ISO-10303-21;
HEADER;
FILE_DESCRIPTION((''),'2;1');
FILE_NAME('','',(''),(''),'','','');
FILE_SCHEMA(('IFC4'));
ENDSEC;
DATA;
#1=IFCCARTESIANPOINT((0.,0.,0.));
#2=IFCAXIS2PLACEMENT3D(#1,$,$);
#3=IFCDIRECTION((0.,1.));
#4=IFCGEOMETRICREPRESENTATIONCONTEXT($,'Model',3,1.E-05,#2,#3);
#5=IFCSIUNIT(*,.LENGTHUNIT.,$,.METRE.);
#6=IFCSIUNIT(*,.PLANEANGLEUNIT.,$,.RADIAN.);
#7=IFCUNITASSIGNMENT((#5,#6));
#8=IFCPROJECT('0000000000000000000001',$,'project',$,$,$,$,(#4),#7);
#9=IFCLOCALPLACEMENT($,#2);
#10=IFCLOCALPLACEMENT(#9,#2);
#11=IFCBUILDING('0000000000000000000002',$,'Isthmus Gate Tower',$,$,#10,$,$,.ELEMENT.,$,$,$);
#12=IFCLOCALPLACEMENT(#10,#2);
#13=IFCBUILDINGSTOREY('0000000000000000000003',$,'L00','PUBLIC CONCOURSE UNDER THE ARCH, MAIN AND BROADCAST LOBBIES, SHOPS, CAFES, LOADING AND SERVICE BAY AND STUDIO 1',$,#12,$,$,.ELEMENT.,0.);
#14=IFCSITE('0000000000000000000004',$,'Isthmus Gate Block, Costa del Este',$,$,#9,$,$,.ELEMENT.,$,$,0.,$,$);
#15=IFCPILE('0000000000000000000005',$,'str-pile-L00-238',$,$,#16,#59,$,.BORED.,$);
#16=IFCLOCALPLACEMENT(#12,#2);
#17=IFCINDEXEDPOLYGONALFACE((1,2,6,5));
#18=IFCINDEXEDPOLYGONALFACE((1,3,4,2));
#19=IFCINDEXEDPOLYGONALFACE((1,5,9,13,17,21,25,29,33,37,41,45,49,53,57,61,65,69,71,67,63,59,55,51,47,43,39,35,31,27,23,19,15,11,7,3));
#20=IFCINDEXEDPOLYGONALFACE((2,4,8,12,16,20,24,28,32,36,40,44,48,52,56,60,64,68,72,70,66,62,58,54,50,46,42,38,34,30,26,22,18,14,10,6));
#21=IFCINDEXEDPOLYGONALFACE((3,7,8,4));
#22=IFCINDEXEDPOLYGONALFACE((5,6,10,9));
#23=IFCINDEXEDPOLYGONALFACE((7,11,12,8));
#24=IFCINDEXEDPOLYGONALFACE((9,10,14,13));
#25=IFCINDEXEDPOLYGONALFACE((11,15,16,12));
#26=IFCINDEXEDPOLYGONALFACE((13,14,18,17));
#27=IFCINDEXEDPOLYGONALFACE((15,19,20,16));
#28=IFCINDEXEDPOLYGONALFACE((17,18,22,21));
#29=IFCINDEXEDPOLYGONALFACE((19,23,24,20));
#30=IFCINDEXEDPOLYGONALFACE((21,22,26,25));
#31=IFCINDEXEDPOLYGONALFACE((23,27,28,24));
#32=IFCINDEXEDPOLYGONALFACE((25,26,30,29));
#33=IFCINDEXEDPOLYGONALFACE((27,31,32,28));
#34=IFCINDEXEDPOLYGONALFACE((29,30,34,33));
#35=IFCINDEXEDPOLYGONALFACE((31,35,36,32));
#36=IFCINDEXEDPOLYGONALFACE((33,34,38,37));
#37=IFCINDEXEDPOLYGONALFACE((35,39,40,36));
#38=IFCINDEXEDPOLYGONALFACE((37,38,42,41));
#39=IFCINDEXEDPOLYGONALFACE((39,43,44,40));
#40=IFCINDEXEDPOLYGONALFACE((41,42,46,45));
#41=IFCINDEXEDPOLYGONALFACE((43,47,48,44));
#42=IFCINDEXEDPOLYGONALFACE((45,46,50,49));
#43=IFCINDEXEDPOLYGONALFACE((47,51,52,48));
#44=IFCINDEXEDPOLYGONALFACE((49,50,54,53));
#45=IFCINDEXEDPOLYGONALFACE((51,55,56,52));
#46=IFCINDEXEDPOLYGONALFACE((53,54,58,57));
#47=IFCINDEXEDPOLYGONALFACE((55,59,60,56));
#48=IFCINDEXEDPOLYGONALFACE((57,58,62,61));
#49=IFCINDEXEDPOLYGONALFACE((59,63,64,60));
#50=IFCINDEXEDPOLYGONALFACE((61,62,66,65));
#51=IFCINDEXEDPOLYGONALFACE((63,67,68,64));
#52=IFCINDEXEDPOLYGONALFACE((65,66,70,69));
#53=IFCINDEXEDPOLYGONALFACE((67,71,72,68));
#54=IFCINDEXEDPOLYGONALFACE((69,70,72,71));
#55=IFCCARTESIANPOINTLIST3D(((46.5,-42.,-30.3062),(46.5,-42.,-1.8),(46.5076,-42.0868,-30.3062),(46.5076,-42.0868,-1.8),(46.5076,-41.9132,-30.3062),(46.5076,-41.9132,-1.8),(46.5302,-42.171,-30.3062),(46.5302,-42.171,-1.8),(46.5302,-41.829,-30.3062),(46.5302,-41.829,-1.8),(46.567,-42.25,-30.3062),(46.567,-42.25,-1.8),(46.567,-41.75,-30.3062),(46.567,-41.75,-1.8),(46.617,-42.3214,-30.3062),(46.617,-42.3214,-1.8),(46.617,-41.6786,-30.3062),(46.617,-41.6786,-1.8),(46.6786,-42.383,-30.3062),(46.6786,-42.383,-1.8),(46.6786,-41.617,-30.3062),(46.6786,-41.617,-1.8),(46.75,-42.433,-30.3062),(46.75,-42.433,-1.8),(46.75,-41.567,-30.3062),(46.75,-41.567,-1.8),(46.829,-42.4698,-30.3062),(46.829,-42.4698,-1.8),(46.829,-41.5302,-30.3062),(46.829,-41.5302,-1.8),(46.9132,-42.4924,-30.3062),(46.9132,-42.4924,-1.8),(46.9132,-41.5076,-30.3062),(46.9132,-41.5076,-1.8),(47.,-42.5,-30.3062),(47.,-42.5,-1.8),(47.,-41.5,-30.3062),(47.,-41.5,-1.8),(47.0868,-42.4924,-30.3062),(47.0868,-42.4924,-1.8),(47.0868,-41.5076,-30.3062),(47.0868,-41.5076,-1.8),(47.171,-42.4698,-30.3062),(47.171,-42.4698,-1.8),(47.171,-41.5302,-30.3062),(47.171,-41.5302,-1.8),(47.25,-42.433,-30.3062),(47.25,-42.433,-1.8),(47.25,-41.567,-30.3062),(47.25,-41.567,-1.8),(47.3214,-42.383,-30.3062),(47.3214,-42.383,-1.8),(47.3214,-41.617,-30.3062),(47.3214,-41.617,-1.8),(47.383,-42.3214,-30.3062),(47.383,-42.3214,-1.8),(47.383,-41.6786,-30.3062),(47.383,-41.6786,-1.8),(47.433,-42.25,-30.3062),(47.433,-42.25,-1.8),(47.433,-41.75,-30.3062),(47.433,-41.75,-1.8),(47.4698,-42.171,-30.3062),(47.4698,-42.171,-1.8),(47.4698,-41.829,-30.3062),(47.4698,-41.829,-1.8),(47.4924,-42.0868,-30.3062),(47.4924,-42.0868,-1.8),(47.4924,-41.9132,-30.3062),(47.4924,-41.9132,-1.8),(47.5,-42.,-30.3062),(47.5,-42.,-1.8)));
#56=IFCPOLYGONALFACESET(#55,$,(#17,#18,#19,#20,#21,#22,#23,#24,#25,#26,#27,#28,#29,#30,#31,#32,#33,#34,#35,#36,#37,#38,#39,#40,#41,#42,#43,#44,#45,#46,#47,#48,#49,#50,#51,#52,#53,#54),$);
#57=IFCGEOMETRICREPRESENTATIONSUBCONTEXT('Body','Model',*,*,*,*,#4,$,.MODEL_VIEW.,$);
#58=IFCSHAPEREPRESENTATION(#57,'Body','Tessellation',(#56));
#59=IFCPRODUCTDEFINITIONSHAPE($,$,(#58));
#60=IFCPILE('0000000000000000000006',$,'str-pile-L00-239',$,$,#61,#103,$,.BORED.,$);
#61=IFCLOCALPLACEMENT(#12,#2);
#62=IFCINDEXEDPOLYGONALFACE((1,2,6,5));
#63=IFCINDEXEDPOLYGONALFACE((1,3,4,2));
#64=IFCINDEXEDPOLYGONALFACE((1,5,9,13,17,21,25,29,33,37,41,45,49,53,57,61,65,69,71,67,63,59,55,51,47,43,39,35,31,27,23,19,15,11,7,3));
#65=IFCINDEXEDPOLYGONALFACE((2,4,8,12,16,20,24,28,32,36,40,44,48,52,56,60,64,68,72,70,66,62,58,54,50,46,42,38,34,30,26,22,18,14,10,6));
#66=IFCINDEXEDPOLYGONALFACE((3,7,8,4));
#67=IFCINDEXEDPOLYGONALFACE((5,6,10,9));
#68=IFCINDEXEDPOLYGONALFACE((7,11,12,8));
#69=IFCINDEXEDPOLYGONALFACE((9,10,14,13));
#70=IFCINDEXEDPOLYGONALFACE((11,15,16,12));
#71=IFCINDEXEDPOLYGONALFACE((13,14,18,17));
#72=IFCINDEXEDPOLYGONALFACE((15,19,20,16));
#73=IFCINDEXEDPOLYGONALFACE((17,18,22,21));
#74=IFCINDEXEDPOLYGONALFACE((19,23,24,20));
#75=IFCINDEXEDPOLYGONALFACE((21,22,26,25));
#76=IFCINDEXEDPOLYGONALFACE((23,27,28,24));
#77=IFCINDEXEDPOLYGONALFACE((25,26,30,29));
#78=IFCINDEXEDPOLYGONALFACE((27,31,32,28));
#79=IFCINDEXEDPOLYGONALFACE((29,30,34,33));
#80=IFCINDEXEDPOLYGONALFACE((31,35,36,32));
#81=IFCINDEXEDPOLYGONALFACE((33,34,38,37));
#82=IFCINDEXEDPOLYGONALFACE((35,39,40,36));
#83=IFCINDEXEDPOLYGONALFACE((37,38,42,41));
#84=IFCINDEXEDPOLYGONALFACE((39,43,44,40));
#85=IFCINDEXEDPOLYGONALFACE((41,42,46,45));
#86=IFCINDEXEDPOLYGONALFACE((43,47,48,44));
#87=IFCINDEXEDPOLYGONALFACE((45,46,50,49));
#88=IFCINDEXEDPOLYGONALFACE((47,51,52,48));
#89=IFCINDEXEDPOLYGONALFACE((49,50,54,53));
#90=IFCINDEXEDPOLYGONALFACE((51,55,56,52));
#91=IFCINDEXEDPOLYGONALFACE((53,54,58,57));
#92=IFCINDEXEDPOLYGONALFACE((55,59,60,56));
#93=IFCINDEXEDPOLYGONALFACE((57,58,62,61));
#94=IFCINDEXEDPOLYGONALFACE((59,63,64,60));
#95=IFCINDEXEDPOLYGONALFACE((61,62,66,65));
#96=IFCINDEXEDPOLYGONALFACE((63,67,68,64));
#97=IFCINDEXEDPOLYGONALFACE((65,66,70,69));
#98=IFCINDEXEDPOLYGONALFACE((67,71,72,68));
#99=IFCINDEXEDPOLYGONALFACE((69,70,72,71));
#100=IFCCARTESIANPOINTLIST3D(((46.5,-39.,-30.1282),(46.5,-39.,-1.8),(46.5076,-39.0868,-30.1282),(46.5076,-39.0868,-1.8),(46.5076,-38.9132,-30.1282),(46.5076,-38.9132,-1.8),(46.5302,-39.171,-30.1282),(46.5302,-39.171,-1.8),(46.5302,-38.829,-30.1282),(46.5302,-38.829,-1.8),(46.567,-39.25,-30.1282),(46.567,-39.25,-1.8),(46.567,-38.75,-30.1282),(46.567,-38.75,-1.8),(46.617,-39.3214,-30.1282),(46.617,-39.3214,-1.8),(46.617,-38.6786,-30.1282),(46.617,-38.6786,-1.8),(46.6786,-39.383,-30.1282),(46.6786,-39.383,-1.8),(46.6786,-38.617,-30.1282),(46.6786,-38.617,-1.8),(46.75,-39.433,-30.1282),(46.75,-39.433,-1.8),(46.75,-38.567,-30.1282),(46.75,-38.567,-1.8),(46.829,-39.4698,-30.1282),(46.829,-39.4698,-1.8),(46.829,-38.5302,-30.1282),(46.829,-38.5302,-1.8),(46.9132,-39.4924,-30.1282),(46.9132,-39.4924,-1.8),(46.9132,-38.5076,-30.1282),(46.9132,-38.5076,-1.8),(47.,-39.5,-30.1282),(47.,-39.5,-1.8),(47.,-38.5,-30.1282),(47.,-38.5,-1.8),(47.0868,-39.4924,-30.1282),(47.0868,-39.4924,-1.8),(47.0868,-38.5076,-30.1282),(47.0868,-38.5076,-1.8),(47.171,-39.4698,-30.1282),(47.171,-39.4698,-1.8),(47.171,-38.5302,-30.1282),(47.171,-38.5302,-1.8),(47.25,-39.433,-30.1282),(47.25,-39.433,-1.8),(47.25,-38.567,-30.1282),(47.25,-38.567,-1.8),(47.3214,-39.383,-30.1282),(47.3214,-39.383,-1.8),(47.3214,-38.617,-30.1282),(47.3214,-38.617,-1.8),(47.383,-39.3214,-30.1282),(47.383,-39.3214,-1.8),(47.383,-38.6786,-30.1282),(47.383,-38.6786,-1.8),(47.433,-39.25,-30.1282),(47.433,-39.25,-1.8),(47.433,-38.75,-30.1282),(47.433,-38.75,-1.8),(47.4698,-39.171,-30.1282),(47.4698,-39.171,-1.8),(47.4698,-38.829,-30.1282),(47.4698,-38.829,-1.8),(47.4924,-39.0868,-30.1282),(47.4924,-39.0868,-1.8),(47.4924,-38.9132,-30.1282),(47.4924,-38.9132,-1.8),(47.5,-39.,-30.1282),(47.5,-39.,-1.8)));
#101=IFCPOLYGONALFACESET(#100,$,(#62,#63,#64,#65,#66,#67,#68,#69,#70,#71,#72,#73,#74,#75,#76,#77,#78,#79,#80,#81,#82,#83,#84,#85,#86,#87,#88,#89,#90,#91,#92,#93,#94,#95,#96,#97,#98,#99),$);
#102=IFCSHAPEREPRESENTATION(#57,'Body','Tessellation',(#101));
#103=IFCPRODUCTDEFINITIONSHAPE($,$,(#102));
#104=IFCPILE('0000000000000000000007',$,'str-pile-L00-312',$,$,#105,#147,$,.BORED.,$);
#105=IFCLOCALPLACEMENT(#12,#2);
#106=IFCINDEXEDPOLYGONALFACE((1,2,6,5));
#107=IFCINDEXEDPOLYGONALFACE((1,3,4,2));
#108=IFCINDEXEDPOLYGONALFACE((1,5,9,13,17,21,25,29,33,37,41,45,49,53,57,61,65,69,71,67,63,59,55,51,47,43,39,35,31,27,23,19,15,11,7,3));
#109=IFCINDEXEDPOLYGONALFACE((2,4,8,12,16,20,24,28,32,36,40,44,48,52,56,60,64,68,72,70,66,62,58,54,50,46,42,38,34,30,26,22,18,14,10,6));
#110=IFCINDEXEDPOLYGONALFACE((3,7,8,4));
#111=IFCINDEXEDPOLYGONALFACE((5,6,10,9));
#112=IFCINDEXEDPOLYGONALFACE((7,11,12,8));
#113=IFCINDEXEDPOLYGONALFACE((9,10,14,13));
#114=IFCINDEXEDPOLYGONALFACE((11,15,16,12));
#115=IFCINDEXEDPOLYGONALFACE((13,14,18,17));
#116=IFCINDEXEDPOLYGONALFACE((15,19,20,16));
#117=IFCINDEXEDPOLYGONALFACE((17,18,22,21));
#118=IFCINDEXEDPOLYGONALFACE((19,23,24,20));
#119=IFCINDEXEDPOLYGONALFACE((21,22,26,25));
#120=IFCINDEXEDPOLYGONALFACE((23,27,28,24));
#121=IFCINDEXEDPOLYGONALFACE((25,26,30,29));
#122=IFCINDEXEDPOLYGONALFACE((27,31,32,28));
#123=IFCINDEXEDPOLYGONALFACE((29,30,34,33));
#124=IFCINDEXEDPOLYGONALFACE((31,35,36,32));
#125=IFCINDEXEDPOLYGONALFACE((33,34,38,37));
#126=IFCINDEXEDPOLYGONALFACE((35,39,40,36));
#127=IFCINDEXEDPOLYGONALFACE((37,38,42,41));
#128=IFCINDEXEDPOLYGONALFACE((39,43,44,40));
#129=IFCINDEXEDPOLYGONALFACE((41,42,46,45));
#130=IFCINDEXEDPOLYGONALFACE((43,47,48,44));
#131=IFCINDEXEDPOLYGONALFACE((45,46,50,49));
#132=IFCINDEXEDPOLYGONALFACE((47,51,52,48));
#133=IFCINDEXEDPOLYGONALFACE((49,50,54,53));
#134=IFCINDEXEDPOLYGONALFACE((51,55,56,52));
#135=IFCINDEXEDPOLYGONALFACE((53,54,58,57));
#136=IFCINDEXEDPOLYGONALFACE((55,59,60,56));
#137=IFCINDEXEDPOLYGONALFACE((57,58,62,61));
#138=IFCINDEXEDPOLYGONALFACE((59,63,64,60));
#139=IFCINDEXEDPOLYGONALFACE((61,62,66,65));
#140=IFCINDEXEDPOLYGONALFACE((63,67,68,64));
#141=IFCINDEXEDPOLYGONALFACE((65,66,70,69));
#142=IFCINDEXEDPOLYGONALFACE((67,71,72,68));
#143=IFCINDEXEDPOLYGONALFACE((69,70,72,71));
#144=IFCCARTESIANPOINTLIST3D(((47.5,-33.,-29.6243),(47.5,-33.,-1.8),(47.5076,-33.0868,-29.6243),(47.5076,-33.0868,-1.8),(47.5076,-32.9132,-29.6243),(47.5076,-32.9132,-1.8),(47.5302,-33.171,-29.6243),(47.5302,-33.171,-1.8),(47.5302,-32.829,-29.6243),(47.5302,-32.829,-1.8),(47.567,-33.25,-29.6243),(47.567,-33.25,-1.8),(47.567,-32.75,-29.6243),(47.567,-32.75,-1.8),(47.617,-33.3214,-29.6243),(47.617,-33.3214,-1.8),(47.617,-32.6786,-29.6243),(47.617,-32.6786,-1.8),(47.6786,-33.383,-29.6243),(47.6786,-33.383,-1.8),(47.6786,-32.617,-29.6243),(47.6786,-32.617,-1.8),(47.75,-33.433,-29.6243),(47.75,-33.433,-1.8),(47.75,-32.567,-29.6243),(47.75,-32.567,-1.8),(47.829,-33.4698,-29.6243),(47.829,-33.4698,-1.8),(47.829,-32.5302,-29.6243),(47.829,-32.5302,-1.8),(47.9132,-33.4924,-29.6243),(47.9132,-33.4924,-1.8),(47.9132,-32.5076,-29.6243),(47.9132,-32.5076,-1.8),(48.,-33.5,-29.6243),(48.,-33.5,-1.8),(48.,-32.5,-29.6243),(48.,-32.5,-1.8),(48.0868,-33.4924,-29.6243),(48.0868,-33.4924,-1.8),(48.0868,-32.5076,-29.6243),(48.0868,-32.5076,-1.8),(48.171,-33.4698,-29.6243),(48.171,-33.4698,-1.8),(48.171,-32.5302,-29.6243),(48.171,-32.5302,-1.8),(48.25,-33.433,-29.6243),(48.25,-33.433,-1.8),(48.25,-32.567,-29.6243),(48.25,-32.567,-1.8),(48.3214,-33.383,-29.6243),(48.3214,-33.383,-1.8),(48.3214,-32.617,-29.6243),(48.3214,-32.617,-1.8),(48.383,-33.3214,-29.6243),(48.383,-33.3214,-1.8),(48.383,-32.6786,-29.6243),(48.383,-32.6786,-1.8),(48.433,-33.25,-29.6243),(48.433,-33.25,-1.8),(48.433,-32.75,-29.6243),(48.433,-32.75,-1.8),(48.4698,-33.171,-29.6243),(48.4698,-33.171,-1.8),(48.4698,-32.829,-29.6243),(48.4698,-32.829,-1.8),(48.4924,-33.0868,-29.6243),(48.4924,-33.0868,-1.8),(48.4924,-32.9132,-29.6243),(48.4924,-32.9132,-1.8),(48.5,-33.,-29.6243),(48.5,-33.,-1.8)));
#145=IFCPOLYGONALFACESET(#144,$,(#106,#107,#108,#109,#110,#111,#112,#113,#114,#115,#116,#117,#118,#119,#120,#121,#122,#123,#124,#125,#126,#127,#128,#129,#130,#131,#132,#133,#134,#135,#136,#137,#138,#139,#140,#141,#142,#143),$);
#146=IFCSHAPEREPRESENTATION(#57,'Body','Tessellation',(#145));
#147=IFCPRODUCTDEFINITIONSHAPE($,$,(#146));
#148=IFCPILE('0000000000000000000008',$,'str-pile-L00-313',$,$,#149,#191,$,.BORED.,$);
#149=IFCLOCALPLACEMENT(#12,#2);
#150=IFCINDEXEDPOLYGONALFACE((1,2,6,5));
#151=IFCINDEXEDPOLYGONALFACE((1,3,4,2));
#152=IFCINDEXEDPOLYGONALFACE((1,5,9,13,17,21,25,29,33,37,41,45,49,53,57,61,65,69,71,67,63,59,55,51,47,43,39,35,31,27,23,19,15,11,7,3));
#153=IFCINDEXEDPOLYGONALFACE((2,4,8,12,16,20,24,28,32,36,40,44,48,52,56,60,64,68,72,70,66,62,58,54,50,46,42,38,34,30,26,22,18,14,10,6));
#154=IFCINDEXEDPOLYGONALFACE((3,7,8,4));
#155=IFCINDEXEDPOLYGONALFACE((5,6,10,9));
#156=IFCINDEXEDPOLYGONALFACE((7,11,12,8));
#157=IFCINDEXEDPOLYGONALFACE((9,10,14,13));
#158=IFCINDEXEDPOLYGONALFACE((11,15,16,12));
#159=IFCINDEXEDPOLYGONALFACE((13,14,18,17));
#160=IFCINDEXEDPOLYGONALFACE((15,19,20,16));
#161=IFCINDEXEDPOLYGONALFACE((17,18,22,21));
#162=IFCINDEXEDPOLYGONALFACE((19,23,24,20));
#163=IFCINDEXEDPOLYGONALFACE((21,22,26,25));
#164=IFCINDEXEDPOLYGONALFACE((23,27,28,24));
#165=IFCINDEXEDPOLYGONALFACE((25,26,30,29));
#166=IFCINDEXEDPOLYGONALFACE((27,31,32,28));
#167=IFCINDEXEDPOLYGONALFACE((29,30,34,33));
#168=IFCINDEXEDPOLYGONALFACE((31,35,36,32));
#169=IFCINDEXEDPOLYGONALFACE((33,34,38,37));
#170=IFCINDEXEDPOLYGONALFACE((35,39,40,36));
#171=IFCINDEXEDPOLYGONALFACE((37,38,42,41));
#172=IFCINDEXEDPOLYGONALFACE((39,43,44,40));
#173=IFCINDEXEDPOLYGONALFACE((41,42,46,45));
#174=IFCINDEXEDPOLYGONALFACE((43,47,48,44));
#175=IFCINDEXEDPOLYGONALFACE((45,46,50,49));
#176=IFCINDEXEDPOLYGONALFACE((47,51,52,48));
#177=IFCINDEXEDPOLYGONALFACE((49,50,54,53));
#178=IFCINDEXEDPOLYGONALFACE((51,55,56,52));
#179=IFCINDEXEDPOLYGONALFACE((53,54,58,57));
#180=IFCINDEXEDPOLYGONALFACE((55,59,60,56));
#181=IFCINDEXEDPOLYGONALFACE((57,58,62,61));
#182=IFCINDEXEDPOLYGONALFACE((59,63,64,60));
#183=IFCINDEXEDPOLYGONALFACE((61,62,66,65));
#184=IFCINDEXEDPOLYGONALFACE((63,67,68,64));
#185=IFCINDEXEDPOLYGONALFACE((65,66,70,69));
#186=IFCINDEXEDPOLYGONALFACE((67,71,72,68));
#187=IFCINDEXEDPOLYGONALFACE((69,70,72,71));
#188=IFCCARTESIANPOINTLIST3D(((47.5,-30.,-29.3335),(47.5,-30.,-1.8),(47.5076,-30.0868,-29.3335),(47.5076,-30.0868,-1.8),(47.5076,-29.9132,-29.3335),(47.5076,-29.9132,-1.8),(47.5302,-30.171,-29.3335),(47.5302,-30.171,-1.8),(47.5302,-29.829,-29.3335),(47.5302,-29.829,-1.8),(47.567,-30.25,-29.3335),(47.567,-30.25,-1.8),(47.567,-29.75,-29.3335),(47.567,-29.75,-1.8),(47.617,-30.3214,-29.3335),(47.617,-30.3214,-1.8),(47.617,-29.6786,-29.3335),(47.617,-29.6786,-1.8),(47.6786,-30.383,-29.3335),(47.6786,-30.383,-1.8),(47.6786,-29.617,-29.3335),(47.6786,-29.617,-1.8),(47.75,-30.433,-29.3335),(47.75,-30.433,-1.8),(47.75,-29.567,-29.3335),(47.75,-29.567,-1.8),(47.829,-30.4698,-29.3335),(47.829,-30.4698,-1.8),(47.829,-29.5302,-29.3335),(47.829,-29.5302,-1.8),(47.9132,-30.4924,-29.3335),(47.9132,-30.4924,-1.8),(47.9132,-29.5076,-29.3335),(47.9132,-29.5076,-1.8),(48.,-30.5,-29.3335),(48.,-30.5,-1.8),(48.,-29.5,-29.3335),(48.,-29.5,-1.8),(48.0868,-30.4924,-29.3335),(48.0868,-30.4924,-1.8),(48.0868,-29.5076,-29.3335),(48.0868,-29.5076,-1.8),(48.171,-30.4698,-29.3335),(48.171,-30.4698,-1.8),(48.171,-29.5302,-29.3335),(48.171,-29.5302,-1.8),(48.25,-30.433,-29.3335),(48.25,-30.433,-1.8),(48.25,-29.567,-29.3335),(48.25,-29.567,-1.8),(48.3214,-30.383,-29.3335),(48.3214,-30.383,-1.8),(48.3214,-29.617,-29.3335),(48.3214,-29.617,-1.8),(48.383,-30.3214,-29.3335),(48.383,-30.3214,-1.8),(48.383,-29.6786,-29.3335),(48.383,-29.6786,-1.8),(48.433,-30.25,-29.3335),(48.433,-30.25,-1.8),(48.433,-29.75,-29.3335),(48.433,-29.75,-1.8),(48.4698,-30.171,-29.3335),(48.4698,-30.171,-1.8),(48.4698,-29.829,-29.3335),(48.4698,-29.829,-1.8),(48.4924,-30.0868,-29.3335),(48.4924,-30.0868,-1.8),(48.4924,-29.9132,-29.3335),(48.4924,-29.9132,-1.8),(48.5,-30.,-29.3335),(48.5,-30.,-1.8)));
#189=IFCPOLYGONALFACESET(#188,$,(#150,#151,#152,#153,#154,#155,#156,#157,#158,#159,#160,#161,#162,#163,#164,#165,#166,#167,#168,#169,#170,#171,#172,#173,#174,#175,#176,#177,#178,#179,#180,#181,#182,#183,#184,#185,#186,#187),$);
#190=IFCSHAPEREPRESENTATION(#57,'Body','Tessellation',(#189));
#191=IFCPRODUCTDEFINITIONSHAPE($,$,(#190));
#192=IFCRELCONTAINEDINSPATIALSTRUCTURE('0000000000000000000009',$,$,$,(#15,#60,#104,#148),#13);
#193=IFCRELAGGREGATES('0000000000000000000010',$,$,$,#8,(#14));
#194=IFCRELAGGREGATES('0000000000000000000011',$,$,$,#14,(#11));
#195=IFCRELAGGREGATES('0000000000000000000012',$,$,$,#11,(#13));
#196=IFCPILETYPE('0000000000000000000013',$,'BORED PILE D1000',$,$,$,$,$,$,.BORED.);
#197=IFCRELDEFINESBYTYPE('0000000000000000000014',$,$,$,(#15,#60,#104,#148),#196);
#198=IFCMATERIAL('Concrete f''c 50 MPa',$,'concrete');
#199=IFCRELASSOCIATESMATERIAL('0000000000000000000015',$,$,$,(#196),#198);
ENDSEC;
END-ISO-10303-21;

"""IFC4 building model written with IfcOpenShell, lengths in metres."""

from ifc_helpers import new_model, si_unit, direction, frame, origin, origin_2d, place, context, subcontext, project, spatial, circle, extrude, material, material_profile, profile_set, type_object, element, save


model = new_model("IFC4")

# Units and contexts
model_context = context("Model", 3, precision=1e-05, world=origin(), true_north=direction((0.0, 1.0)))
body_context = subcontext(model_context, "Body", "Model", "MODEL_VIEW")
ifc_project = project(units=[si_unit("LENGTHUNIT", "METRE"), si_unit("PLANEANGLEUNIT", "RADIAN")], contexts=[model_context])

# Site, building, storey
site_placement = place(None, origin())
site = spatial("IfcSite", under=ifc_project, at=site_placement, Name="Isthmus Gate Block, Costa del Este", CompositionType="ELEMENT", RefElevation=0.0)
building_placement = place(site_placement, origin())
building = spatial("IfcBuilding", under=site, at=building_placement, Name="Isthmus Gate Tower", CompositionType="ELEMENT")
storey_placement = place(building_placement, origin())
storey = spatial("IfcBuildingStorey", under=building, at=storey_placement, Name="L00", Description="PUBLIC CONCOURSE UNDER THE ARCH, MAIN AND BROADCAST LOBBIES, SHOPS, CAFES, LOADING AND SERVICE BAY AND STUDIO 1", CompositionType="ELEMENT", Elevation=0.0)

# Piles
ifc_material_1 = material(Name="Concrete f'c 50 MPa", Category="concrete")
ifc_material_profile_1 = material_profile(ifc_material_1, circle(Radius=0.5, at=origin_2d()), Name="D1000")
ifc_profile_set_1 = profile_set([ifc_material_profile_1], Name="Concrete f'c 50 MPa")
pile_type = type_object("IfcPileType", Name="BORED PILE D1000", PredefinedType="BORED", material=ifc_profile_set_1)
pile_1_placement = place(storey_placement, frame((47.0, -42.0, -1.8), z_axis=(0.0, 0.0, -1.0), x_axis=(1.0, 0.0, 0.0)))
element("IfcPile", 1, at=pile_1_placement, inside=storey, type_object=pile_type, Name="str-pile-L00-238", PredefinedType="BORED", context=body_context, shape_type="SweptSolid", body=[
    extrude(circle(Radius=0.5, at=origin_2d()), origin(), (0.0, 0.0, 1.0), 28.5061),
])
pile_2_placement = place(storey_placement, frame((47.0, -39.0, -1.8), z_axis=(0.0, 0.0, -1.0), x_axis=(1.0, 0.0, 0.0)))
element("IfcPile", 2, at=pile_2_placement, inside=storey, type_object=pile_type, Name="str-pile-L00-239", PredefinedType="BORED", context=body_context, shape_type="SweptSolid", body=[
    extrude(circle(Radius=0.5, at=origin_2d()), origin(), (0.0, 0.0, 1.0), 28.3281),
])
pile_3_placement = place(storey_placement, frame((48.0, -33.0, -1.8), z_axis=(0.0, 0.0, -1.0), x_axis=(1.0, 0.0, 0.0)))
element("IfcPile", 3, at=pile_3_placement, inside=storey, type_object=pile_type, Name="str-pile-L00-312", PredefinedType="BORED", context=body_context, shape_type="SweptSolid", body=[
    extrude(circle(Radius=0.5, at=origin_2d()), origin(), (0.0, 0.0, 1.0), 27.8242),
])
pile_4_placement = place(storey_placement, frame((48.0, -30.0, -1.8), z_axis=(0.0, 0.0, -1.0), x_axis=(1.0, 0.0, 0.0)))
element("IfcPile", 4, at=pile_4_placement, inside=storey, type_object=pile_type, Name="str-pile-L00-313", PredefinedType="BORED", context=body_context, shape_type="SweptSolid", body=[
    extrude(circle(Radius=0.5, at=origin_2d()), origin(), (0.0, 0.0, 1.0), 27.5334),
])

save(model, "model.ifc")
